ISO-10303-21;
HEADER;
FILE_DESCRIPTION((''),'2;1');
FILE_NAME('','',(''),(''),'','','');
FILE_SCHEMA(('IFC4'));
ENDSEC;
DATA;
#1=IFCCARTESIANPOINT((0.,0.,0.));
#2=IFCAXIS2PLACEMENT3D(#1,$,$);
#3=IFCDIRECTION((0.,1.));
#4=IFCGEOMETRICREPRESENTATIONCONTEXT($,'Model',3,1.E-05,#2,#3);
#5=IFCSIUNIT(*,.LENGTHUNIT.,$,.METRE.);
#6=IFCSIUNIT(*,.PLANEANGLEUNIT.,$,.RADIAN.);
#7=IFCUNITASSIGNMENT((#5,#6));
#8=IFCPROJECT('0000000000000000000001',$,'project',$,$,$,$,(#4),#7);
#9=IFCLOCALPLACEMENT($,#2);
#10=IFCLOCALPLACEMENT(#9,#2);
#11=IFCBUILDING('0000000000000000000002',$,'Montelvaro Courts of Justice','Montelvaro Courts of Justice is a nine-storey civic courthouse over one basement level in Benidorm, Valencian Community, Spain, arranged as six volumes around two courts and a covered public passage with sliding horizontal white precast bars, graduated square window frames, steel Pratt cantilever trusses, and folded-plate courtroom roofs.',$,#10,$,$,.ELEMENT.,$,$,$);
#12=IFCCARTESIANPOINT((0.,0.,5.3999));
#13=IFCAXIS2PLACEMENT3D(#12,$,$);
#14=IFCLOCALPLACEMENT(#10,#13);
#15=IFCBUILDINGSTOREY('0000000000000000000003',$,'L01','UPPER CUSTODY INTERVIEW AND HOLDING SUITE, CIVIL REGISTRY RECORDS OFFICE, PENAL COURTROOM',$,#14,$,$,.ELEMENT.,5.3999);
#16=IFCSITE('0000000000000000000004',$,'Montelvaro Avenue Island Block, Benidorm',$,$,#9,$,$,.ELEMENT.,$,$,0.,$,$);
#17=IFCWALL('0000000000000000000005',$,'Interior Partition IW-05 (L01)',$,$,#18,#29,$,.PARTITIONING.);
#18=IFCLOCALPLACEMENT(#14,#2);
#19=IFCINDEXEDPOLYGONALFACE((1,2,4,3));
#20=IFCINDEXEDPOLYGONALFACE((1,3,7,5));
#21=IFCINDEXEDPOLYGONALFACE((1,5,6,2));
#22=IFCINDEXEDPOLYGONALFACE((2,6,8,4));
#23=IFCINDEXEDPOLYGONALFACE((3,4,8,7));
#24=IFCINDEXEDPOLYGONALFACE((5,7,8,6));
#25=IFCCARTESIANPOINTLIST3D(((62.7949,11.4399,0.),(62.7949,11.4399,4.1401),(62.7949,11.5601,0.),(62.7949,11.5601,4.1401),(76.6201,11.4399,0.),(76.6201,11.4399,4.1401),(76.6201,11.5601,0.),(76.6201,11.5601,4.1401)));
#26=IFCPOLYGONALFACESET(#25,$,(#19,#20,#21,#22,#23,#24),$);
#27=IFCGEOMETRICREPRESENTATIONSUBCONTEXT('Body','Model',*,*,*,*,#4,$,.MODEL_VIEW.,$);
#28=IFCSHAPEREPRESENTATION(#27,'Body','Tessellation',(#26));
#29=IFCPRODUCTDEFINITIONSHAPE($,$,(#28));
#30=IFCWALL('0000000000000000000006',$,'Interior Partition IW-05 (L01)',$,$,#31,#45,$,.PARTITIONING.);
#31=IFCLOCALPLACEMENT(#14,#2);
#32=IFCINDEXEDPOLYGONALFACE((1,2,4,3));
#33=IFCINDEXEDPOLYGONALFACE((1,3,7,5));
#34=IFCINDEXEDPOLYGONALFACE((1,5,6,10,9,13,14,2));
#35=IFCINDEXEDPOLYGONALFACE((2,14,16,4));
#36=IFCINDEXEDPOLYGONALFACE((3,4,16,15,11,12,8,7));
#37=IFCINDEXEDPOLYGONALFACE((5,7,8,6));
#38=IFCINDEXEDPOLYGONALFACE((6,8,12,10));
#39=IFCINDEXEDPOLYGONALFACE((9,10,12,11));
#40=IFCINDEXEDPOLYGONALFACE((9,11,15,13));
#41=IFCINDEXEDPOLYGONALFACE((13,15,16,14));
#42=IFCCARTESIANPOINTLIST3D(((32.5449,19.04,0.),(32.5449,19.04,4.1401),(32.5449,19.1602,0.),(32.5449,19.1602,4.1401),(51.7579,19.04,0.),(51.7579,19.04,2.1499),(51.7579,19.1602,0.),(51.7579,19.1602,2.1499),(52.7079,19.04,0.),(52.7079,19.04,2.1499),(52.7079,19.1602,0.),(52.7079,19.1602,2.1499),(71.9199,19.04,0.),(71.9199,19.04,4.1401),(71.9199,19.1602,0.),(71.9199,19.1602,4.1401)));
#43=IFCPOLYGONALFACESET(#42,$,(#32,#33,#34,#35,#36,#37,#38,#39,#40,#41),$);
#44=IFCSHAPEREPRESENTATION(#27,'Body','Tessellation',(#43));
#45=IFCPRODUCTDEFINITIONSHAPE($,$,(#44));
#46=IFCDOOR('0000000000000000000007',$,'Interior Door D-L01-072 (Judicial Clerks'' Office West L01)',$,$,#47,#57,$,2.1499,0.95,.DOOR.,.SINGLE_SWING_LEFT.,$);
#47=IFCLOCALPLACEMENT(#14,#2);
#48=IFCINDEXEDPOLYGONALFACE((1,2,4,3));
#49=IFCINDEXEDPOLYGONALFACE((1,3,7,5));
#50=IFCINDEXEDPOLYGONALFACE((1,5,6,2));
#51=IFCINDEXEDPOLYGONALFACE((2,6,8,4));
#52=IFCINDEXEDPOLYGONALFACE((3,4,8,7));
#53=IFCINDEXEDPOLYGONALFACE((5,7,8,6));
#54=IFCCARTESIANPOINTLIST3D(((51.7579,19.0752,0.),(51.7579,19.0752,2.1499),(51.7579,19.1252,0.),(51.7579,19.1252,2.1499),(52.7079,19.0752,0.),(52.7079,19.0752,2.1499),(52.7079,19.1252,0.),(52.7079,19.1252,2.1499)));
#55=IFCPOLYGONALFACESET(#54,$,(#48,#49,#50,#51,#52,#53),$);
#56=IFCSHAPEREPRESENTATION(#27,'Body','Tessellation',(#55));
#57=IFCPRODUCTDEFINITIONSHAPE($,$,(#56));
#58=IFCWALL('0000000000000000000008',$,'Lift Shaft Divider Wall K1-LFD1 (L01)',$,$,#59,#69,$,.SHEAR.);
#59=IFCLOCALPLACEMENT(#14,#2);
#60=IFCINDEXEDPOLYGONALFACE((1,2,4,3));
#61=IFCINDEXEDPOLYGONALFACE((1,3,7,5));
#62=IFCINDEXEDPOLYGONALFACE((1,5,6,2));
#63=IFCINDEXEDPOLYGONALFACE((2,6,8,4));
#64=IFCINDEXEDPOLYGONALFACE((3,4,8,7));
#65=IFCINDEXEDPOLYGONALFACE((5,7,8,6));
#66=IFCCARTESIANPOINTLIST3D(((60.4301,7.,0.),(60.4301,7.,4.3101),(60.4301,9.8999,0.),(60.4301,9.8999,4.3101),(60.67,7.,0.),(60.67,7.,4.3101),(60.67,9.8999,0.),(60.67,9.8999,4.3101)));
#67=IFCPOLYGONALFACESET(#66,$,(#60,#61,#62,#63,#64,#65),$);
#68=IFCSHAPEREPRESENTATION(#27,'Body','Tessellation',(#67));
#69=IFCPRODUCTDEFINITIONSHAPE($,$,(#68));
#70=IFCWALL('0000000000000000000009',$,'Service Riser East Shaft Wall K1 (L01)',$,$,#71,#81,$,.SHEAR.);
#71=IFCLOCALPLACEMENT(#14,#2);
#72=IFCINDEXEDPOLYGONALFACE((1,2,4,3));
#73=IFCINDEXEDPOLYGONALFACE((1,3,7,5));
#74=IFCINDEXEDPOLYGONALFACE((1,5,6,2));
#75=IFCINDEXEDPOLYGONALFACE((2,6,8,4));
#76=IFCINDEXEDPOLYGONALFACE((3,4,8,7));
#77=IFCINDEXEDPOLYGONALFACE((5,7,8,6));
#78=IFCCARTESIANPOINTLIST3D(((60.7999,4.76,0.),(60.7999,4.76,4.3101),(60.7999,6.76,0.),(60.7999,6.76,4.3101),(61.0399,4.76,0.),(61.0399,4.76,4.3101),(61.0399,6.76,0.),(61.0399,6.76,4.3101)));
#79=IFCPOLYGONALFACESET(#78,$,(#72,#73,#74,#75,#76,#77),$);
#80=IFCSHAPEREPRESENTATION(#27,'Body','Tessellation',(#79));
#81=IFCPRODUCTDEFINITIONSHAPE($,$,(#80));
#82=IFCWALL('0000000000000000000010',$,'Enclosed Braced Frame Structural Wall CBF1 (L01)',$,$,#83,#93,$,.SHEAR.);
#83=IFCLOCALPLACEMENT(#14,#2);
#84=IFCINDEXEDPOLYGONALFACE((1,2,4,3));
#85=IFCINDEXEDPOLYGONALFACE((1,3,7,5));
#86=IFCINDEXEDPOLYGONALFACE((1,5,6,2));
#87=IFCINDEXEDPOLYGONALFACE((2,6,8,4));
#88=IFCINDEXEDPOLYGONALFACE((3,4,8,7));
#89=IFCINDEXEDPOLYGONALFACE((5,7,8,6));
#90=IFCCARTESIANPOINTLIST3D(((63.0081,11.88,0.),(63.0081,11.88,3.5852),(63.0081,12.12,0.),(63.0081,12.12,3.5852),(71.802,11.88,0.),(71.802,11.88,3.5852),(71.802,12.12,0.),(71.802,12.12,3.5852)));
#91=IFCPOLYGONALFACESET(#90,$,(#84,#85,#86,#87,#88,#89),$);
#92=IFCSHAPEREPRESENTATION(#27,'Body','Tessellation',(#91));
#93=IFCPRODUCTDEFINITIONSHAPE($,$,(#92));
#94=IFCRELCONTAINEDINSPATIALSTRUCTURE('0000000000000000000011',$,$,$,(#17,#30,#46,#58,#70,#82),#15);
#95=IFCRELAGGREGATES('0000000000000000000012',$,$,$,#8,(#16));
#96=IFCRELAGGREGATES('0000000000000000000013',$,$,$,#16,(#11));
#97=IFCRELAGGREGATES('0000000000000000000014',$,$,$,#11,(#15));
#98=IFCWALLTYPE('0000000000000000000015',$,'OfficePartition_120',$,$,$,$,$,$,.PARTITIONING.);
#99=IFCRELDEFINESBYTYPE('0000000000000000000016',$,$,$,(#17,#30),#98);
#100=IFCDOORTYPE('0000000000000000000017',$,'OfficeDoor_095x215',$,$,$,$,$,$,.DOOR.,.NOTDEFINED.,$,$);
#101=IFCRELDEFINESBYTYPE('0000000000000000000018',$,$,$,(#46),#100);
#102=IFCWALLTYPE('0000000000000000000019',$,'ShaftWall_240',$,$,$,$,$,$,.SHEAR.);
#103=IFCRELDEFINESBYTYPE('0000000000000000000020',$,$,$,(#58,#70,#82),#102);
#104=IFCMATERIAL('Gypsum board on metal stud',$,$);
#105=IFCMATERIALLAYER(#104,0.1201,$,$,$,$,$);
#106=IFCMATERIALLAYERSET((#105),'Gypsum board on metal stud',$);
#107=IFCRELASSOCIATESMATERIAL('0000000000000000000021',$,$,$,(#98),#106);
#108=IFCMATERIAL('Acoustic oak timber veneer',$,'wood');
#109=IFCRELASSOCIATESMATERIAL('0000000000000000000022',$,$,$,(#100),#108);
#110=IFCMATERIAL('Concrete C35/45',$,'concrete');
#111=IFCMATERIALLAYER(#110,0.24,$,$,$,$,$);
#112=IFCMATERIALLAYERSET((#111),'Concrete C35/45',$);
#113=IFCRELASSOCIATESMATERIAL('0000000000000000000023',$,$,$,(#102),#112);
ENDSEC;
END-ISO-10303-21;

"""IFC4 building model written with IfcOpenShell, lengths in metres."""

from ifc_helpers import new_model, si_unit, direction, frame, frame_2d, origin, place, context, subcontext, project, spatial, rectangle, extrude, material, layer, layer_set, type_object, element, fill, save


model = new_model("IFC4")

# Units and contexts
model_context = context("Model", 3, precision=1e-05, world=origin(), true_north=direction((0.0, 1.0)))
body_context = subcontext(model_context, "Body", "Model", "MODEL_VIEW")
ifc_project = project(units=[si_unit("LENGTHUNIT", "METRE"), si_unit("PLANEANGLEUNIT", "RADIAN")], contexts=[model_context])

# Site, building, storey
site_placement = place(None, origin())
site = spatial("IfcSite", under=ifc_project, at=site_placement, Name="Montelvaro Avenue Island Block, Benidorm", CompositionType="ELEMENT", RefElevation=0.0)
building_placement = place(site_placement, origin())
building = spatial("IfcBuilding", under=site, at=building_placement, Name="Montelvaro Courts of Justice", Description="Montelvaro Courts of Justice is a nine-storey civic courthouse over one basement level in Benidorm, Valencian Community, Spain, arranged as six volumes around two courts and a covered public passage with sliding horizontal white precast bars, graduated square window frames, steel Pratt cantilever trusses, and folded-plate courtroom roofs.", CompositionType="ELEMENT")
storey_placement = place(building_placement, frame((0.0, 0.0, 5.3999)))
storey = spatial("IfcBuildingStorey", under=building, at=storey_placement, Name="L01", Description="UPPER CUSTODY INTERVIEW AND HOLDING SUITE, CIVIL REGISTRY RECORDS OFFICE, PENAL COURTROOM", CompositionType="ELEMENT", Elevation=5.3999)

# Shared definitions
ifc_material_1 = material(Name="Gypsum board on metal stud")

# Shared definitions
ifc_material_2 = material(Name="Acoustic oak timber veneer", Category="wood")

# Shared definitions
ifc_layer_1 = layer(ifc_material_1, 0.1201)
ifc_layer_set_1 = layer_set([ifc_layer_1], Name="Gypsum board on metal stud")
wall_type_1 = type_object("IfcWallType", Name="OfficePartition_120", PredefinedType="PARTITIONING", material=ifc_layer_set_1)

# Wall
wall_1_placement = place(storey_placement, frame((62.7949, 11.5, 0.0), z_axis=(0.0, 0.0, 1.0), x_axis=(1.0, 0.0, 0.0)))
element("IfcWall", 1, at=wall_1_placement, inside=storey, type_object=wall_type_1, Name="Interior Partition IW-05 (L01)", PredefinedType="PARTITIONING", context=body_context, shape_type="SweptSolid", body=[
    extrude(rectangle(XDim=13.8252, YDim=0.1201, at=frame_2d((6.9126, 0.0))), origin(), (0.0, 0.0, 1.0), 4.1401),
])

# Wall, opening, door
wall_2_placement = place(storey_placement, frame((71.9199, 19.1001, 0.0), z_axis=(0.0, 0.0, 1.0), x_axis=(-1.0, 0.0, 0.0)))
wall_2 = element("IfcWall", 2, at=wall_2_placement, inside=storey, type_object=wall_type_1, Name="Interior Partition IW-05 (L01)", PredefinedType="PARTITIONING", context=body_context, shape_type="SweptSolid", body=[
    extrude(rectangle(XDim=39.375, YDim=0.1201, at=frame_2d((19.6875, 0.0))), origin(), (0.0, 0.0, 1.0), 4.1401),
])
opening_1_placement = place(wall_2_placement, frame((19.2119, 0.0, 0.0)))
opening_1 = element("IfcOpeningElement", 3, at=opening_1_placement, cuts=wall_2, PredefinedType="OPENING", context=body_context, shape_type="SweptSolid", body=[
    extrude(rectangle(XDim=0.95, YDim=2.1499, at=frame_2d((0.4751, 1.075))), frame((0.0, 0.075, 0.0), z_axis=(0.0, -1.0, 0.0), x_axis=(1.0, 0.0, 0.0)), (0.0, 0.0, 1.0), 0.1499),
])
door_type_1 = type_object("IfcDoorType", Name="OfficeDoor_095x215", OperationType="NOTDEFINED", PredefinedType="DOOR", material=ifc_material_2)
door_1_placement = place(opening_1_placement, origin())
door_1 = element("IfcDoor", 4, at=door_1_placement, inside=storey, type_object=door_type_1, Name="Interior Door D-L01-072 (Judicial Clerks' Office West L01)", OperationType="SINGLE_SWING_LEFT", OverallHeight=2.1499, OverallWidth=0.95, PredefinedType="DOOR", context=body_context, shape_type="SweptSolid", body=[
    extrude(rectangle(XDim=0.95, YDim=2.1499, at=frame_2d((0.4751, 1.075))), frame((0.0, 0.0249, 0.0), z_axis=(0.0, -1.0, 0.0), x_axis=(1.0, 0.0, 0.0)), (0.0, 0.0, 1.0), 0.05),
])
fill(opening_1, door_1)

# Walls
ifc_material_3 = material(Name="Concrete C35/45", Category="concrete")
ifc_layer_2 = layer(ifc_material_3, 0.24)
ifc_layer_set_2 = layer_set([ifc_layer_2], Name="Concrete C35/45")
wall_type_2 = type_object("IfcWallType", Name="ShaftWall_240", PredefinedType="SHEAR", material=ifc_layer_set_2)
wall_3_placement = place(storey_placement, frame((60.55, 7.0, 0.0), z_axis=(0.0, 0.0, 1.0), x_axis=(0.0, 1.0, 0.0)))
element("IfcWall", 5, at=wall_3_placement, inside=storey, type_object=wall_type_2, Name="Lift Shaft Divider Wall K1-LFD1 (L01)", PredefinedType="SHEAR", context=body_context, shape_type="SweptSolid", body=[
    extrude(rectangle(XDim=2.8999, YDim=0.24, at=frame_2d((1.45, 0.0))), origin(), (0.0, 0.0, 1.0), 4.3101),
])
wall_4_placement = place(storey_placement, frame((60.9199, 4.76, 0.0), z_axis=(0.0, 0.0, 1.0), x_axis=(0.0, 1.0, 0.0)))
element("IfcWall", 6, at=wall_4_placement, inside=storey, type_object=wall_type_2, Name="Service Riser East Shaft Wall K1 (L01)", PredefinedType="SHEAR", context=body_context, shape_type="SweptSolid", body=[
    extrude(rectangle(XDim=2.0, YDim=0.24, at=frame_2d((1.0, 0.0))), origin(), (0.0, 0.0, 1.0), 4.3101),
])
wall_5_placement = place(storey_placement, frame((63.0081, 12.0, 0.0), z_axis=(0.0, 0.0, 1.0), x_axis=(1.0, 0.0, 0.0)))
element("IfcWall", 7, at=wall_5_placement, inside=storey, type_object=wall_type_2, Name="Enclosed Braced Frame Structural Wall CBF1 (L01)", PredefinedType="SHEAR", context=body_context, shape_type="SweptSolid", body=[
    extrude(rectangle(XDim=8.7939, YDim=0.24, at=frame_2d((4.397, 0.0))), origin(), (0.0, 0.0, 1.0), 3.5852),
])

save(model, "model.ifc")
